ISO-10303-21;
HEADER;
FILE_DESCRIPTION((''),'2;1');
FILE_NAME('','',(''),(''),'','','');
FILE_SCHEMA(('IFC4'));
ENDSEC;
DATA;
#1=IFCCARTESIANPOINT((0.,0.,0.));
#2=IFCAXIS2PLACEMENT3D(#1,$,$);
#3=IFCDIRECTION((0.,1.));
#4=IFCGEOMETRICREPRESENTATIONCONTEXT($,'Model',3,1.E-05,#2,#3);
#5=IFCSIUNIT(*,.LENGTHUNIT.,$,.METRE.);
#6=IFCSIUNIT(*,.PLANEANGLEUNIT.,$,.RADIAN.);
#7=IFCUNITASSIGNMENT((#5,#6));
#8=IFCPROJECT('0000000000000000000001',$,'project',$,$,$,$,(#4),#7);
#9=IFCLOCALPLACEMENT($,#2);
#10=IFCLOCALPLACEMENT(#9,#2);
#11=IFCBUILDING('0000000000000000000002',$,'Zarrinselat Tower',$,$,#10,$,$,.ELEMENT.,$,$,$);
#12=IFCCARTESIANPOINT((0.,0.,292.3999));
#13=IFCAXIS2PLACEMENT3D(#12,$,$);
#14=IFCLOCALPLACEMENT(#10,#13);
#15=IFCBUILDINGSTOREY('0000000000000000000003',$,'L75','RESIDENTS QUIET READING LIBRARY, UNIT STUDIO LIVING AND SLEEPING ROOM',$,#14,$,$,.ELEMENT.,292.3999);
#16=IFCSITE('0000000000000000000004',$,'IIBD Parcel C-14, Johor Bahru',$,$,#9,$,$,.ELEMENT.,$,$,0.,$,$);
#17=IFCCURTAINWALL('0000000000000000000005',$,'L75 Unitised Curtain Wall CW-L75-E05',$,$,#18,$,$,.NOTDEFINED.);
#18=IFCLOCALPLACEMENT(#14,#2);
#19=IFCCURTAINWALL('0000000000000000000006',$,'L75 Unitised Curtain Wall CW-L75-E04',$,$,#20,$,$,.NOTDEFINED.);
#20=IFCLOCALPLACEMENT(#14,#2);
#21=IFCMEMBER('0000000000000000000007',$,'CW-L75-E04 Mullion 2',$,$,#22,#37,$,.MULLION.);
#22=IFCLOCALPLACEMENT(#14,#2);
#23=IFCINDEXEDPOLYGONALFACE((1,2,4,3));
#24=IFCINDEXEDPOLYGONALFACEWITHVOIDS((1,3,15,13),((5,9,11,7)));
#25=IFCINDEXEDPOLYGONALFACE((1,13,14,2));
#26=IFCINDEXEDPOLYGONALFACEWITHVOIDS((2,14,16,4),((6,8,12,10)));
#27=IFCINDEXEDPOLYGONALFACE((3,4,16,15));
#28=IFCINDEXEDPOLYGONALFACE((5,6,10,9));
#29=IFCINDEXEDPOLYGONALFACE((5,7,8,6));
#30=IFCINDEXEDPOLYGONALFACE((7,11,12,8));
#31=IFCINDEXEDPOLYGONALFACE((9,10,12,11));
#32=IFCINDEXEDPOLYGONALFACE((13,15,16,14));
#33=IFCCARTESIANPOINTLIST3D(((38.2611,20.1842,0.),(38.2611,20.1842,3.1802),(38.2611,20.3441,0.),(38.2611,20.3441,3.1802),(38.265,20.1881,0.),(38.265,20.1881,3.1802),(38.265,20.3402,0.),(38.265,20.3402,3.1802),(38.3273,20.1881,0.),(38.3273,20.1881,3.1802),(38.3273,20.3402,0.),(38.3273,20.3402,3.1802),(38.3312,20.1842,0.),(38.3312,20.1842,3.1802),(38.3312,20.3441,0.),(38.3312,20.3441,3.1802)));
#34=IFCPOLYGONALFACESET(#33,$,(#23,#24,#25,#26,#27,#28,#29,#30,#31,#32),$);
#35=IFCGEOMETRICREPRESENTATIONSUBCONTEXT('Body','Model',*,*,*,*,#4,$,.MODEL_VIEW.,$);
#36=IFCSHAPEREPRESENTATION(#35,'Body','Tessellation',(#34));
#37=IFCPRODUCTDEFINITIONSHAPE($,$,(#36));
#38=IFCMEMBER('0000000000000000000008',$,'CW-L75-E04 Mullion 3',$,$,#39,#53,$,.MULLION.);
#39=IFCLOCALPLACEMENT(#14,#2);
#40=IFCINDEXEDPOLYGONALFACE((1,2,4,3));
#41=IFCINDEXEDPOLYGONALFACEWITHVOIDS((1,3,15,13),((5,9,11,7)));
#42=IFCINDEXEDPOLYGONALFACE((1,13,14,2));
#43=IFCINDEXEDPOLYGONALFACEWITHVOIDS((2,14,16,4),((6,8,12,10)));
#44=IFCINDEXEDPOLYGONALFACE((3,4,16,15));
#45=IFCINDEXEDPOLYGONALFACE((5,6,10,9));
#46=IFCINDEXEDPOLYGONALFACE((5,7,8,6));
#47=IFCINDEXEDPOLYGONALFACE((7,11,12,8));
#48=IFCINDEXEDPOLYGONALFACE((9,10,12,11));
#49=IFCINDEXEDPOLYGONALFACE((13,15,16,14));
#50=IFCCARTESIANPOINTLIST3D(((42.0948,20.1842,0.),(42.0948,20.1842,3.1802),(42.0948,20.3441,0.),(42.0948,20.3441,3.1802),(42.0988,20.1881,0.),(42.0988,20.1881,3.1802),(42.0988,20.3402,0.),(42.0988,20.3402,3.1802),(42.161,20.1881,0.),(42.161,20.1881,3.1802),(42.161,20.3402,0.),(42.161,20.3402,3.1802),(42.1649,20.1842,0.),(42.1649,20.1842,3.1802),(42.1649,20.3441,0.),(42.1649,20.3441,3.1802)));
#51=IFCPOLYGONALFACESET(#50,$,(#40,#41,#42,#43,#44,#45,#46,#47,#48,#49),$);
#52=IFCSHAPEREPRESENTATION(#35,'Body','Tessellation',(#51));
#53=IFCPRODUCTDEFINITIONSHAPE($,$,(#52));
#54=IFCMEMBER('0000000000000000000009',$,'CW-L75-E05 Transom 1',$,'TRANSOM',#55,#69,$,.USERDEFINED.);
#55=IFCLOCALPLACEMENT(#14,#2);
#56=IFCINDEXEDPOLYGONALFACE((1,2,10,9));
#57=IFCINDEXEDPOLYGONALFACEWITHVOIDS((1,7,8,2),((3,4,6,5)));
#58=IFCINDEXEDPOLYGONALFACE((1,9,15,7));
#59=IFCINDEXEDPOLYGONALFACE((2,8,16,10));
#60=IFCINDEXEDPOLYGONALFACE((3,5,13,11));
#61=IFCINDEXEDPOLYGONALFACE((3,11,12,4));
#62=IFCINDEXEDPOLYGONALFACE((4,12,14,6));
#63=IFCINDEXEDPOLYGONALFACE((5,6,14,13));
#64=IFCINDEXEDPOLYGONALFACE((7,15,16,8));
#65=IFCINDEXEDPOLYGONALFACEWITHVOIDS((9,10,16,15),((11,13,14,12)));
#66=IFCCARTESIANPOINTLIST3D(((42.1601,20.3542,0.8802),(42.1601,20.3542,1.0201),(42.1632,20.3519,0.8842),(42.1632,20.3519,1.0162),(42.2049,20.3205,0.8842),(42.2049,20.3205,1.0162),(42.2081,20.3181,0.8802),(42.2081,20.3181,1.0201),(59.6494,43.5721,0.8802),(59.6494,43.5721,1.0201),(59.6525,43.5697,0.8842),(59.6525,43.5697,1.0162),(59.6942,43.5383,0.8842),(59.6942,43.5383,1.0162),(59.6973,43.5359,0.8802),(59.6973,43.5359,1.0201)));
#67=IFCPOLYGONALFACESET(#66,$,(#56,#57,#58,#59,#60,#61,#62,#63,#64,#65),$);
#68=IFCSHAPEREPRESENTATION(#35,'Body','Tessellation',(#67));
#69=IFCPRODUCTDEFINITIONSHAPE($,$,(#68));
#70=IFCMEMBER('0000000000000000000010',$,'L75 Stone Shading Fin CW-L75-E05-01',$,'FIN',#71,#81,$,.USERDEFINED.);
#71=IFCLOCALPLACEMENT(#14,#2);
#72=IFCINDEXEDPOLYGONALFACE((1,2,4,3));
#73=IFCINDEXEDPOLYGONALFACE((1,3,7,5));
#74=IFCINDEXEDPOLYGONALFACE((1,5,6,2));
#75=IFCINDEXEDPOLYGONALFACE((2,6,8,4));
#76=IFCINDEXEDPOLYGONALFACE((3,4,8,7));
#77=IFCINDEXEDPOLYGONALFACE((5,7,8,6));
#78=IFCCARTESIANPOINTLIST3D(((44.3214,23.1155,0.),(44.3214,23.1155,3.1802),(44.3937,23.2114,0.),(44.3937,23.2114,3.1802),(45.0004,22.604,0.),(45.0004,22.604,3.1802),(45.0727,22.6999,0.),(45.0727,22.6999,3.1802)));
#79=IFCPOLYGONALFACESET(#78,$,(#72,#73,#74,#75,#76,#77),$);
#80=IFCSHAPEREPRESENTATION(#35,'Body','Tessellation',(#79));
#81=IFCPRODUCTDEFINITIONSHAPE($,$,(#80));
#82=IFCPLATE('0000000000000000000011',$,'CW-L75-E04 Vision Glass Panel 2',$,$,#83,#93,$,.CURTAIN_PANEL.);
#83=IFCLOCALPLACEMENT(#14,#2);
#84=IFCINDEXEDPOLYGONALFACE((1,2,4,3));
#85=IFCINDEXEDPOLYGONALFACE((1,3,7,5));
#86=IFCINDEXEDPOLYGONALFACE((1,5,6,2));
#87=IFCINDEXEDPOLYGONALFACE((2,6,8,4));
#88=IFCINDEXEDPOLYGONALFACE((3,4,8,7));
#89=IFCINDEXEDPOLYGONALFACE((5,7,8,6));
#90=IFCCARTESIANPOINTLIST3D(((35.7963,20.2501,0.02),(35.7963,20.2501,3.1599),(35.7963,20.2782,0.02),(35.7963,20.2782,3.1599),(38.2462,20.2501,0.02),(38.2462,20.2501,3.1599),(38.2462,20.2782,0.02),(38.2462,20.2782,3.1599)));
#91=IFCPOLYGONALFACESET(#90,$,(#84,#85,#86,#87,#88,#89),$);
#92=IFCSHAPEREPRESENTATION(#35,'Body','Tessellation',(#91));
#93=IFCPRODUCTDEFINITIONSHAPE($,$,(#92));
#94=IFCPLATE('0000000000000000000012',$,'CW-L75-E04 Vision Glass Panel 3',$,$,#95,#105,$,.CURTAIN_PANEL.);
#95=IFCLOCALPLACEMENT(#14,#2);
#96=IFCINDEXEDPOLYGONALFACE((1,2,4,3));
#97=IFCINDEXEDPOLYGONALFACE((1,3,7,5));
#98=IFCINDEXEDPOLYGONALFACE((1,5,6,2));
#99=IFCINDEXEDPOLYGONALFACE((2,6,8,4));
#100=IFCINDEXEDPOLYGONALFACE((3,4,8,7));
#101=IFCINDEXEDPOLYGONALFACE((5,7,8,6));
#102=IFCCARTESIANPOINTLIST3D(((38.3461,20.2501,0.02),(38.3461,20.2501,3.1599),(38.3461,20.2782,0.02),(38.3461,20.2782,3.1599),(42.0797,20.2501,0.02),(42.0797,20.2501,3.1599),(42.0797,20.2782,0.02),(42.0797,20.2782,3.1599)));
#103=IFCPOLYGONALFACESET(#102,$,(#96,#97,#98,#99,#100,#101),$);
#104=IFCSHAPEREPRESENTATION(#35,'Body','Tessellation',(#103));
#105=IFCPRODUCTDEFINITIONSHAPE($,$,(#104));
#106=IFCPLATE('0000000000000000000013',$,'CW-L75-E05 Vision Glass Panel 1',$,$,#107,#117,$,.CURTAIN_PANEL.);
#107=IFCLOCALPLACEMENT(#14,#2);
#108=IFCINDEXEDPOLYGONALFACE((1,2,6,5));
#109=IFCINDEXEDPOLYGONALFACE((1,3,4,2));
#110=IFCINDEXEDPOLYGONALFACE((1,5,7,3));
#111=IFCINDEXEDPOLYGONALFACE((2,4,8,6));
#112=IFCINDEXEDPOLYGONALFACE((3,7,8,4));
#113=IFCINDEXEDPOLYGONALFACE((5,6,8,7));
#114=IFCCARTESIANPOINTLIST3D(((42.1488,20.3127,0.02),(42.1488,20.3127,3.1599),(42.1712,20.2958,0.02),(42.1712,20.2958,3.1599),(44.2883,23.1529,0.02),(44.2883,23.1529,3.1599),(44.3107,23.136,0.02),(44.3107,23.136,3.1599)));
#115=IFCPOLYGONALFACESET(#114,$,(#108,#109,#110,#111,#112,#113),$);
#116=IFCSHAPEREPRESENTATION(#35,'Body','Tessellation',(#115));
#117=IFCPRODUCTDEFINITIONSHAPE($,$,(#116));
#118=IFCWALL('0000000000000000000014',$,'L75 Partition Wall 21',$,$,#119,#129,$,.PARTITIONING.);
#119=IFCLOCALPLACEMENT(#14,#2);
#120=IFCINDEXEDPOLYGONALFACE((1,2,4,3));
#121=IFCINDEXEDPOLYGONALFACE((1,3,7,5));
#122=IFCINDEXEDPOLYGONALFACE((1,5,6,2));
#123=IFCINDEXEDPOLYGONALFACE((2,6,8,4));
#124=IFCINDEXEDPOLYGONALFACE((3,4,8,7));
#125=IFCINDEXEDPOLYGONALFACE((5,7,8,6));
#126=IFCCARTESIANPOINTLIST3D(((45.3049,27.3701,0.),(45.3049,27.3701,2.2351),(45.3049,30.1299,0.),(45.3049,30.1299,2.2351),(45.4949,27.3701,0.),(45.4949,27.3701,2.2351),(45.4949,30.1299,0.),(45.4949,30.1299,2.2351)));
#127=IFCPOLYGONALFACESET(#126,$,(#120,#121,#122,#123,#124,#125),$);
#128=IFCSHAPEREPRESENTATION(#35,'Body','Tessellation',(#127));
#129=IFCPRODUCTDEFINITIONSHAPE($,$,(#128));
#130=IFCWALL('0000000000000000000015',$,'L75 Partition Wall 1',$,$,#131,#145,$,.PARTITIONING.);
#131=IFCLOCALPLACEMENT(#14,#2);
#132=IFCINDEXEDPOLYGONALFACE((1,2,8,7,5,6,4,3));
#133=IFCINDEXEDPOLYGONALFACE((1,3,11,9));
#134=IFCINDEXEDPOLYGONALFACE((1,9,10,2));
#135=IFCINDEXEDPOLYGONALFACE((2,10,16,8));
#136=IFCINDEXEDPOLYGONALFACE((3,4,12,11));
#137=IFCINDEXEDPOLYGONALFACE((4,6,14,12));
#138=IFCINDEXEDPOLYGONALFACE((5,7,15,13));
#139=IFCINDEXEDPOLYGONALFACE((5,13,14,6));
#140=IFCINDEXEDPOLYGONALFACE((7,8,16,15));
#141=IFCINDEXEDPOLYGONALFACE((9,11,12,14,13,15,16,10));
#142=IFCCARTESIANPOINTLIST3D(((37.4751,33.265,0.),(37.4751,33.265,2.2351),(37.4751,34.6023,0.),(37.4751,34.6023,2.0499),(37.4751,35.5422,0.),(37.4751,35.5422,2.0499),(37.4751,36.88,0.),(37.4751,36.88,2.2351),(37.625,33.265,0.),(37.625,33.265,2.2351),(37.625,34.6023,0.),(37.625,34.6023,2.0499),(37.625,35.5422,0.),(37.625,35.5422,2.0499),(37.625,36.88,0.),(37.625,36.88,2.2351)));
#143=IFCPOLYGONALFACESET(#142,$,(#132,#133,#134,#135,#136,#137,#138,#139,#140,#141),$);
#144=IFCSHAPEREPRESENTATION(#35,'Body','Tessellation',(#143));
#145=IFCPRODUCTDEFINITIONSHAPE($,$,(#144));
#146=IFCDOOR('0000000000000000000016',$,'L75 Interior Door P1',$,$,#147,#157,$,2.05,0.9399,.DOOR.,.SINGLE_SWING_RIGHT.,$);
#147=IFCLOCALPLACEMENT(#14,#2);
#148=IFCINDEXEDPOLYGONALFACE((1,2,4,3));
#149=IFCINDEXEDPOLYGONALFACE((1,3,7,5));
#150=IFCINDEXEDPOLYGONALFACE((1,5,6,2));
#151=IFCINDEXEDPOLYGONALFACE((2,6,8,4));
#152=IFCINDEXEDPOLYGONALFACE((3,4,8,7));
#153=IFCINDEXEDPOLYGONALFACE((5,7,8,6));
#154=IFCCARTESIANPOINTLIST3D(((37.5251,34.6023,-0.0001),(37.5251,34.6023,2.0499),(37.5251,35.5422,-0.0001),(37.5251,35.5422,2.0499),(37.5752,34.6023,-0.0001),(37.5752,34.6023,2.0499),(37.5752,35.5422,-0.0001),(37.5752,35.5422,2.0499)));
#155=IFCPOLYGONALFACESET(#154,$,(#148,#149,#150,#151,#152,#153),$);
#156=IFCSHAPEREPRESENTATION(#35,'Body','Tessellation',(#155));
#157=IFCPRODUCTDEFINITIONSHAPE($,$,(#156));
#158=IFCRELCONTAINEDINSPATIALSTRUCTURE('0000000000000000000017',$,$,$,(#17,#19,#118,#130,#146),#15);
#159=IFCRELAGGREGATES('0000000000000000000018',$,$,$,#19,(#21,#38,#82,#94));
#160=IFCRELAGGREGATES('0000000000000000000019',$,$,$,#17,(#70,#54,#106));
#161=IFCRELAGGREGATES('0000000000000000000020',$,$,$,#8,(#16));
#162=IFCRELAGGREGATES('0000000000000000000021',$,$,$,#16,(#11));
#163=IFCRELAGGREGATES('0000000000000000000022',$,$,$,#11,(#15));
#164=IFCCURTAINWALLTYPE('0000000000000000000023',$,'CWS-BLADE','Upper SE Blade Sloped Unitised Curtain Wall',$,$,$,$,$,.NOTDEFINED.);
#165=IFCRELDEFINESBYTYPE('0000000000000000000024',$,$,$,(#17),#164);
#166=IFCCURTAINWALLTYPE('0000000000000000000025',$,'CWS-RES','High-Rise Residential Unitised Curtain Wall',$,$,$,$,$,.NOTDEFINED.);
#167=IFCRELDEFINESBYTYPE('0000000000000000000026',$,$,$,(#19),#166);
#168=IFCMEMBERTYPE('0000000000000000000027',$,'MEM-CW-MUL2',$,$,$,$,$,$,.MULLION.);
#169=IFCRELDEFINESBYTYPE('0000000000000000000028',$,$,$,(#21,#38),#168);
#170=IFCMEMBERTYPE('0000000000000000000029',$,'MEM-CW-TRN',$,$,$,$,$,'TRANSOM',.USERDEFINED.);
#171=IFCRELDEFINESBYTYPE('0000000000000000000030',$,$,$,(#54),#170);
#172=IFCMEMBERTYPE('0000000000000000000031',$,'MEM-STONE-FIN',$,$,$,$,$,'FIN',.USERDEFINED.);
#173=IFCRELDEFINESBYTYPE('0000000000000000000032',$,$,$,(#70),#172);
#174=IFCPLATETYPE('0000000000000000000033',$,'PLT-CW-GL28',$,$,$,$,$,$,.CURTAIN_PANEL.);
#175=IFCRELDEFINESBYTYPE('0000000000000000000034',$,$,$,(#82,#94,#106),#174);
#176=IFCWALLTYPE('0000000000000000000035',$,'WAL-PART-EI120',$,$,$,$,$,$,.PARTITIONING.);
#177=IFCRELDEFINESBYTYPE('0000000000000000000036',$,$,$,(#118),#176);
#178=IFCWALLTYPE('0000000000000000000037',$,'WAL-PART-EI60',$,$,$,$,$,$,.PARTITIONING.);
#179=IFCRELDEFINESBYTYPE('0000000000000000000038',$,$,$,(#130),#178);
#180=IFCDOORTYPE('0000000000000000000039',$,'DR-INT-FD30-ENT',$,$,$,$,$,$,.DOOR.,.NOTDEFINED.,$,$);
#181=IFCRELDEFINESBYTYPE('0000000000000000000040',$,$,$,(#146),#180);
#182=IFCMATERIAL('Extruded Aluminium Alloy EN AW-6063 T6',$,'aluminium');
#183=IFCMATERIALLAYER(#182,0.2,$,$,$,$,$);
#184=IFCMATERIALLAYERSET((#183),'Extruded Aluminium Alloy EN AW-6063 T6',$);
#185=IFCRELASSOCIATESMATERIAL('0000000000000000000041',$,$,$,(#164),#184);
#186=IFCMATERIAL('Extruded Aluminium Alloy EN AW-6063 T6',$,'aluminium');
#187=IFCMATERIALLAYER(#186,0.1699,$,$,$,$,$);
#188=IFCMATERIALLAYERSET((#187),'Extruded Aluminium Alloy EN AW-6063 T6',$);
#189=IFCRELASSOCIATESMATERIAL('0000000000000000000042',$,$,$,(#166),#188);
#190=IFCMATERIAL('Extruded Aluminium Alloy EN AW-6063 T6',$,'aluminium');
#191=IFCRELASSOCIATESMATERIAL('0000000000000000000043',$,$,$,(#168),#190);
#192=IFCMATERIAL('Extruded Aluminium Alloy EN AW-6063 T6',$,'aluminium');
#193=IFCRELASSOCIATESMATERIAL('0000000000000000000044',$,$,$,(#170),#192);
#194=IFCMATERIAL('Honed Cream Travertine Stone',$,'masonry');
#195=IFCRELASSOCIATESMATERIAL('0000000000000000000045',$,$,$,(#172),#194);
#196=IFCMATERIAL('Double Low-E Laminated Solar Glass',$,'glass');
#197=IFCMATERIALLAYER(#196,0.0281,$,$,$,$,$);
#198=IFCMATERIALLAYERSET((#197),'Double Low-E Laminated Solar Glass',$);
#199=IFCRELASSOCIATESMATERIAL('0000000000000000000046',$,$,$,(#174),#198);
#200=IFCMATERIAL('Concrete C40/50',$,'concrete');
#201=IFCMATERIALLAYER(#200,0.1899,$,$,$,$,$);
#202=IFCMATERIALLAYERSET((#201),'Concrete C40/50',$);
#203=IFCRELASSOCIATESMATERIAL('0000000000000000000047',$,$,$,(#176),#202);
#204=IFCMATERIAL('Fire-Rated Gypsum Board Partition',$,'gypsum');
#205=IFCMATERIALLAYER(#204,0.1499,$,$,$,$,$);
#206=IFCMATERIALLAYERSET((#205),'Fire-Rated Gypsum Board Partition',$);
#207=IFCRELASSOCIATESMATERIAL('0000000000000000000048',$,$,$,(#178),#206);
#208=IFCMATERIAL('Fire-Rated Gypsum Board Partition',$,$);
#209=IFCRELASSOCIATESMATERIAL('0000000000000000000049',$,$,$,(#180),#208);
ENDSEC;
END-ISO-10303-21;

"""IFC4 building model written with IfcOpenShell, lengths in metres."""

from ifc_helpers import new_model, si_unit, direction, frame, frame_2d, origin, origin_2d, place, context, subcontext, project, spatial, rectangle, hollow_rectangle, extrude, material, layer, layer_set, material_profile, profile_set, type_object, element, fill, aggregate, save


model = new_model("IFC4")

# Units and contexts
model_context = context("Model", 3, precision=1e-05, world=origin(), true_north=direction((0.0, 1.0)))
body_context = subcontext(model_context, "Body", "Model", "MODEL_VIEW")
ifc_project = project(units=[si_unit("LENGTHUNIT", "METRE"), si_unit("PLANEANGLEUNIT", "RADIAN")], contexts=[model_context])

# Site, building, storey
site_placement = place(None, origin())
site = spatial("IfcSite", under=ifc_project, at=site_placement, Name="IIBD Parcel C-14, Johor Bahru", CompositionType="ELEMENT", RefElevation=0.0)
building_placement = place(site_placement, origin())
building = spatial("IfcBuilding", under=site, at=building_placement, Name="Zarrinselat Tower", CompositionType="ELEMENT")
storey_placement = place(building_placement, frame((0.0, 0.0, 292.3999)))
storey = spatial("IfcBuildingStorey", under=building, at=storey_placement, Name="L75", Description="RESIDENTS QUIET READING LIBRARY, UNIT STUDIO LIVING AND SLEEPING ROOM", CompositionType="ELEMENT", Elevation=292.3999)

# Curtain wall
ifc_material_1 = material(Name="Extruded Aluminium Alloy EN AW-6063 T6", Category="aluminium")
ifc_layer_1 = layer(ifc_material_1, 0.2)
ifc_layer_set_1 = layer_set([ifc_layer_1], Name="Extruded Aluminium Alloy EN AW-6063 T6")
curtain_wall_type_1 = type_object("IfcCurtainWallType", Name="CWS-BLADE", Description="Upper SE Blade Sloped Unitised Curtain Wall", PredefinedType="NOTDEFINED", material=ifc_layer_set_1)
curtain_wall_1_placement = place(storey_placement, origin())
curtain_wall_1 = element("IfcCurtainWall", 1, at=curtain_wall_1_placement, inside=storey, type_object=curtain_wall_type_1, Name="L75 Unitised Curtain Wall CW-L75-E05", PredefinedType="NOTDEFINED")

# Curtain wall, members
ifc_material_2 = material(Name="Extruded Aluminium Alloy EN AW-6063 T6", Category="aluminium")
ifc_layer_2 = layer(ifc_material_2, 0.1699)
ifc_layer_set_2 = layer_set([ifc_layer_2], Name="Extruded Aluminium Alloy EN AW-6063 T6")
curtain_wall_type_2 = type_object("IfcCurtainWallType", Name="CWS-RES", Description="High-Rise Residential Unitised Curtain Wall", PredefinedType="NOTDEFINED", material=ifc_layer_set_2)
curtain_wall_2_placement = place(storey_placement, origin())
curtain_wall_2 = element("IfcCurtainWall", 2, at=curtain_wall_2_placement, inside=storey, type_object=curtain_wall_type_2, Name="L75 Unitised Curtain Wall CW-L75-E04", PredefinedType="NOTDEFINED")
ifc_material_3 = material(Name="Extruded Aluminium Alloy EN AW-6063 T6", Category="aluminium")
ifc_material_profile_1 = material_profile(ifc_material_3, hollow_rectangle(XDim=0.0701, YDim=0.1599, WallThickness=0.0039, at=origin_2d()), Name="RHS 160x70x4")
ifc_profile_set_1 = profile_set([ifc_material_profile_1], Name="Extruded Aluminium Alloy EN AW-6063 T6")
member_type_1 = type_object("IfcMemberType", Name="MEM-CW-MUL2", PredefinedType="MULLION", material=ifc_profile_set_1)
member_1_placement = place(storey_placement, frame((38.2961, 20.2642, 0.0), z_axis=(0.0, 0.0, 1.0), x_axis=(1.0, 0.0, 0.0)))
member_1 = element("IfcMember", 3, at=member_1_placement, type_object=member_type_1, Name="CW-L75-E04 Mullion 2", PredefinedType="MULLION", context=body_context, shape_type="SweptSolid", body=[
    extrude(hollow_rectangle(XDim=0.0701, YDim=0.1599, WallThickness=0.0039, at=origin_2d()), origin(), (0.0, 0.0, 1.0), 3.1802),
])
member_2_placement = place(storey_placement, frame((42.1299, 20.2642, 0.0), z_axis=(0.0, 0.0, 1.0), x_axis=(1.0, 0.0, 0.0)))
member_2 = element("IfcMember", 4, at=member_2_placement, type_object=member_type_1, Name="CW-L75-E04 Mullion 3", PredefinedType="MULLION", context=body_context, shape_type="SweptSolid", body=[
    extrude(hollow_rectangle(XDim=0.0701, YDim=0.1599, WallThickness=0.0039, at=origin_2d()), origin(), (0.0, 0.0, 1.0), 3.1802),
])

# Members
ifc_material_4 = material(Name="Extruded Aluminium Alloy EN AW-6063 T6", Category="aluminium")
ifc_material_profile_2 = material_profile(ifc_material_4, hollow_rectangle(XDim=0.0601, YDim=0.1399, WallThickness=0.0039, at=origin_2d()), Name="RHS 140x60x4")
ifc_profile_set_2 = profile_set([ifc_material_profile_2], Name="Extruded Aluminium Alloy EN AW-6063 T6")
member_type_2 = type_object("IfcMemberType", Name="MEM-CW-TRN", ElementType="TRANSOM", PredefinedType="USERDEFINED", material=ifc_profile_set_2)
member_3_placement = place(storey_placement, frame((42.1841, 20.3362, 0.9502), z_axis=(0.60167, 0.798744, 0.0), x_axis=(-0.798744, 0.60167, 0.0)))
member_3 = element("IfcMember", 5, at=member_3_placement, type_object=member_type_2, Name="CW-L75-E05 Transom 1", ObjectType="TRANSOM", PredefinedType="USERDEFINED", context=body_context, shape_type="SweptSolid", body=[
    extrude(hollow_rectangle(XDim=0.0601, YDim=0.1399, WallThickness=0.0039, at=origin_2d()), origin(), (0.0, 0.0, 1.0), 29.0679),
])
ifc_material_5 = material(Name="Honed Cream Travertine Stone", Category="masonry")
ifc_material_profile_3 = material_profile(ifc_material_5, rectangle(XDim=0.1201, YDim=0.8501, at=origin_2d()), Name="FIN 850x120")
ifc_profile_set_3 = profile_set([ifc_material_profile_3], Name="Honed Cream Travertine Stone")
member_type_3 = type_object("IfcMemberType", Name="MEM-STONE-FIN", ElementType="FIN", PredefinedType="USERDEFINED", material=ifc_profile_set_3)
member_4_placement = place(storey_placement, frame((44.697, 22.9077, 0.0), z_axis=(0.0, 0.0, 1.0), x_axis=(-0.601673, -0.798743, 0.0)))
member_4 = element("IfcMember", 6, at=member_4_placement, type_object=member_type_3, Name="L75 Stone Shading Fin CW-L75-E05-01", ObjectType="FIN", PredefinedType="USERDEFINED", context=body_context, shape_type="SweptSolid", body=[
    extrude(rectangle(XDim=0.1201, YDim=0.8501, at=origin_2d()), origin(), (0.0, 0.0, 1.0), 3.1802),
])

# Plates
ifc_material_6 = material(Name="Double Low-E Laminated Solar Glass", Category="glass")
ifc_layer_3 = layer(ifc_material_6, 0.0281)
ifc_layer_set_3 = layer_set([ifc_layer_3], Name="Double Low-E Laminated Solar Glass")
plate_type = type_object("IfcPlateType", Name="PLT-CW-GL28", PredefinedType="CURTAIN_PANEL", material=ifc_layer_set_3)
plate_1_placement = place(storey_placement, frame((37.0212, 20.2642, 0.02), z_axis=(0.0, 0.0, 1.0), x_axis=(1.0, 0.0, 0.0)))
plate_1 = element("IfcPlate", 7, at=plate_1_placement, type_object=plate_type, Name="CW-L75-E04 Vision Glass Panel 2", PredefinedType="CURTAIN_PANEL", context=body_context, shape_type="SweptSolid", body=[
    extrude(rectangle(XDim=2.45, YDim=0.0281, at=origin_2d()), origin(), (0.0, 0.0, 1.0), 3.1399),
])
plate_2_placement = place(storey_placement, frame((40.2129, 20.2642, 0.02), z_axis=(0.0, 0.0, 1.0), x_axis=(1.0, 0.0, 0.0)))
plate_2 = element("IfcPlate", 8, at=plate_2_placement, type_object=plate_type, Name="CW-L75-E04 Vision Glass Panel 3", PredefinedType="CURTAIN_PANEL", context=body_context, shape_type="SweptSolid", body=[
    extrude(rectangle(XDim=3.7336, YDim=0.0281, at=origin_2d()), origin(), (0.0, 0.0, 1.0), 3.1399),
])
aggregate(curtain_wall_2, [member_1, member_2, plate_1, plate_2])
plate_3_placement = place(storey_placement, frame((43.2297, 21.7244, 0.02), z_axis=(0.0, 0.0, 1.0), x_axis=(0.601673, 0.798743, 0.0)))
plate_3 = element("IfcPlate", 9, at=plate_3_placement, type_object=plate_type, Name="CW-L75-E05 Vision Glass Panel 1", PredefinedType="CURTAIN_PANEL", context=body_context, shape_type="SweptSolid", body=[
    extrude(rectangle(XDim=3.5559, YDim=0.0281, at=origin_2d()), origin(), (0.0, 0.0, 1.0), 3.1399),
])
aggregate(curtain_wall_1, [member_4, member_3, plate_3])

# Wall
ifc_material_7 = material(Name="Concrete C40/50", Category="concrete")
ifc_layer_4 = layer(ifc_material_7, 0.1899)
ifc_layer_set_4 = layer_set([ifc_layer_4], Name="Concrete C40/50")
wall_type_1 = type_object("IfcWallType", Name="WAL-PART-EI120", PredefinedType="PARTITIONING", material=ifc_layer_set_4)
wall_1_placement = place(storey_placement, frame((45.3999, 27.3701, 0.0), z_axis=(0.0, 0.0, 1.0), x_axis=(0.0, 1.0, 0.0)))
element("IfcWall", 10, at=wall_1_placement, inside=storey, type_object=wall_type_1, Name="L75 Partition Wall 21", PredefinedType="PARTITIONING", context=body_context, shape_type="SweptSolid", body=[
    extrude(rectangle(XDim=2.7598, YDim=0.1899, at=frame_2d((1.3799, 0.0))), origin(), (0.0, 0.0, 1.0), 2.2351),
])

# Wall, opening, door
ifc_material_8 = material(Name="Fire-Rated Gypsum Board Partition", Category="gypsum")
ifc_layer_5 = layer(ifc_material_8, 0.1499)
ifc_layer_set_5 = layer_set([ifc_layer_5], Name="Fire-Rated Gypsum Board Partition")
wall_type_2 = type_object("IfcWallType", Name="WAL-PART-EI60", PredefinedType="PARTITIONING", material=ifc_layer_set_5)
wall_2_placement = place(storey_placement, frame((37.55, 33.2649, 0.0), z_axis=(0.0, 0.0, 1.0), x_axis=(0.0, 1.0, 0.0)))
wall_2 = element("IfcWall", 11, at=wall_2_placement, inside=storey, type_object=wall_type_2, Name="L75 Partition Wall 1", PredefinedType="PARTITIONING", context=body_context, shape_type="SweptSolid", body=[
    extrude(rectangle(XDim=3.615, YDim=0.1499, at=frame_2d((1.8076, 0.0))), origin(), (0.0, 0.0, 1.0), 2.2351),
])
opening_1_placement = place(wall_2_placement, frame((1.3374, 0.0, 0.0)))
opening_1 = element("IfcOpeningElement", 12, at=opening_1_placement, cuts=wall_2, PredefinedType="OPENING", context=body_context, shape_type="SweptSolid", body=[
    extrude(rectangle(XDim=0.9399, YDim=2.05, at=frame_2d((0.47, 1.0249))), frame((0.0, 0.085, 0.0), z_axis=(0.0, -1.0, 0.0), x_axis=(1.0, 0.0, 0.0)), (0.0, 0.0, 1.0), 0.1699),
])
ifc_material_9 = material(Name="Fire-Rated Gypsum Board Partition")
door_type = type_object("IfcDoorType", Name="DR-INT-FD30-ENT", OperationType="NOTDEFINED", PredefinedType="DOOR", material=ifc_material_9)
door_1_placement = place(opening_1_placement, origin())
door_1 = element("IfcDoor", 13, at=door_1_placement, inside=storey, type_object=door_type, Name="L75 Interior Door P1", OperationType="SINGLE_SWING_RIGHT", OverallHeight=2.05, OverallWidth=0.9399, PredefinedType="DOOR", context=body_context, shape_type="SweptSolid", body=[
    extrude(rectangle(XDim=0.9399, YDim=2.05, at=frame_2d((0.47, 1.0249))), frame((0.0, 0.0249, 0.0), z_axis=(0.0, -1.0, 0.0), x_axis=(1.0, 0.0, 0.0)), (0.0, 0.0, 1.0), 0.05),
])
fill(opening_1, door_1)

save(model, "model.ifc")
